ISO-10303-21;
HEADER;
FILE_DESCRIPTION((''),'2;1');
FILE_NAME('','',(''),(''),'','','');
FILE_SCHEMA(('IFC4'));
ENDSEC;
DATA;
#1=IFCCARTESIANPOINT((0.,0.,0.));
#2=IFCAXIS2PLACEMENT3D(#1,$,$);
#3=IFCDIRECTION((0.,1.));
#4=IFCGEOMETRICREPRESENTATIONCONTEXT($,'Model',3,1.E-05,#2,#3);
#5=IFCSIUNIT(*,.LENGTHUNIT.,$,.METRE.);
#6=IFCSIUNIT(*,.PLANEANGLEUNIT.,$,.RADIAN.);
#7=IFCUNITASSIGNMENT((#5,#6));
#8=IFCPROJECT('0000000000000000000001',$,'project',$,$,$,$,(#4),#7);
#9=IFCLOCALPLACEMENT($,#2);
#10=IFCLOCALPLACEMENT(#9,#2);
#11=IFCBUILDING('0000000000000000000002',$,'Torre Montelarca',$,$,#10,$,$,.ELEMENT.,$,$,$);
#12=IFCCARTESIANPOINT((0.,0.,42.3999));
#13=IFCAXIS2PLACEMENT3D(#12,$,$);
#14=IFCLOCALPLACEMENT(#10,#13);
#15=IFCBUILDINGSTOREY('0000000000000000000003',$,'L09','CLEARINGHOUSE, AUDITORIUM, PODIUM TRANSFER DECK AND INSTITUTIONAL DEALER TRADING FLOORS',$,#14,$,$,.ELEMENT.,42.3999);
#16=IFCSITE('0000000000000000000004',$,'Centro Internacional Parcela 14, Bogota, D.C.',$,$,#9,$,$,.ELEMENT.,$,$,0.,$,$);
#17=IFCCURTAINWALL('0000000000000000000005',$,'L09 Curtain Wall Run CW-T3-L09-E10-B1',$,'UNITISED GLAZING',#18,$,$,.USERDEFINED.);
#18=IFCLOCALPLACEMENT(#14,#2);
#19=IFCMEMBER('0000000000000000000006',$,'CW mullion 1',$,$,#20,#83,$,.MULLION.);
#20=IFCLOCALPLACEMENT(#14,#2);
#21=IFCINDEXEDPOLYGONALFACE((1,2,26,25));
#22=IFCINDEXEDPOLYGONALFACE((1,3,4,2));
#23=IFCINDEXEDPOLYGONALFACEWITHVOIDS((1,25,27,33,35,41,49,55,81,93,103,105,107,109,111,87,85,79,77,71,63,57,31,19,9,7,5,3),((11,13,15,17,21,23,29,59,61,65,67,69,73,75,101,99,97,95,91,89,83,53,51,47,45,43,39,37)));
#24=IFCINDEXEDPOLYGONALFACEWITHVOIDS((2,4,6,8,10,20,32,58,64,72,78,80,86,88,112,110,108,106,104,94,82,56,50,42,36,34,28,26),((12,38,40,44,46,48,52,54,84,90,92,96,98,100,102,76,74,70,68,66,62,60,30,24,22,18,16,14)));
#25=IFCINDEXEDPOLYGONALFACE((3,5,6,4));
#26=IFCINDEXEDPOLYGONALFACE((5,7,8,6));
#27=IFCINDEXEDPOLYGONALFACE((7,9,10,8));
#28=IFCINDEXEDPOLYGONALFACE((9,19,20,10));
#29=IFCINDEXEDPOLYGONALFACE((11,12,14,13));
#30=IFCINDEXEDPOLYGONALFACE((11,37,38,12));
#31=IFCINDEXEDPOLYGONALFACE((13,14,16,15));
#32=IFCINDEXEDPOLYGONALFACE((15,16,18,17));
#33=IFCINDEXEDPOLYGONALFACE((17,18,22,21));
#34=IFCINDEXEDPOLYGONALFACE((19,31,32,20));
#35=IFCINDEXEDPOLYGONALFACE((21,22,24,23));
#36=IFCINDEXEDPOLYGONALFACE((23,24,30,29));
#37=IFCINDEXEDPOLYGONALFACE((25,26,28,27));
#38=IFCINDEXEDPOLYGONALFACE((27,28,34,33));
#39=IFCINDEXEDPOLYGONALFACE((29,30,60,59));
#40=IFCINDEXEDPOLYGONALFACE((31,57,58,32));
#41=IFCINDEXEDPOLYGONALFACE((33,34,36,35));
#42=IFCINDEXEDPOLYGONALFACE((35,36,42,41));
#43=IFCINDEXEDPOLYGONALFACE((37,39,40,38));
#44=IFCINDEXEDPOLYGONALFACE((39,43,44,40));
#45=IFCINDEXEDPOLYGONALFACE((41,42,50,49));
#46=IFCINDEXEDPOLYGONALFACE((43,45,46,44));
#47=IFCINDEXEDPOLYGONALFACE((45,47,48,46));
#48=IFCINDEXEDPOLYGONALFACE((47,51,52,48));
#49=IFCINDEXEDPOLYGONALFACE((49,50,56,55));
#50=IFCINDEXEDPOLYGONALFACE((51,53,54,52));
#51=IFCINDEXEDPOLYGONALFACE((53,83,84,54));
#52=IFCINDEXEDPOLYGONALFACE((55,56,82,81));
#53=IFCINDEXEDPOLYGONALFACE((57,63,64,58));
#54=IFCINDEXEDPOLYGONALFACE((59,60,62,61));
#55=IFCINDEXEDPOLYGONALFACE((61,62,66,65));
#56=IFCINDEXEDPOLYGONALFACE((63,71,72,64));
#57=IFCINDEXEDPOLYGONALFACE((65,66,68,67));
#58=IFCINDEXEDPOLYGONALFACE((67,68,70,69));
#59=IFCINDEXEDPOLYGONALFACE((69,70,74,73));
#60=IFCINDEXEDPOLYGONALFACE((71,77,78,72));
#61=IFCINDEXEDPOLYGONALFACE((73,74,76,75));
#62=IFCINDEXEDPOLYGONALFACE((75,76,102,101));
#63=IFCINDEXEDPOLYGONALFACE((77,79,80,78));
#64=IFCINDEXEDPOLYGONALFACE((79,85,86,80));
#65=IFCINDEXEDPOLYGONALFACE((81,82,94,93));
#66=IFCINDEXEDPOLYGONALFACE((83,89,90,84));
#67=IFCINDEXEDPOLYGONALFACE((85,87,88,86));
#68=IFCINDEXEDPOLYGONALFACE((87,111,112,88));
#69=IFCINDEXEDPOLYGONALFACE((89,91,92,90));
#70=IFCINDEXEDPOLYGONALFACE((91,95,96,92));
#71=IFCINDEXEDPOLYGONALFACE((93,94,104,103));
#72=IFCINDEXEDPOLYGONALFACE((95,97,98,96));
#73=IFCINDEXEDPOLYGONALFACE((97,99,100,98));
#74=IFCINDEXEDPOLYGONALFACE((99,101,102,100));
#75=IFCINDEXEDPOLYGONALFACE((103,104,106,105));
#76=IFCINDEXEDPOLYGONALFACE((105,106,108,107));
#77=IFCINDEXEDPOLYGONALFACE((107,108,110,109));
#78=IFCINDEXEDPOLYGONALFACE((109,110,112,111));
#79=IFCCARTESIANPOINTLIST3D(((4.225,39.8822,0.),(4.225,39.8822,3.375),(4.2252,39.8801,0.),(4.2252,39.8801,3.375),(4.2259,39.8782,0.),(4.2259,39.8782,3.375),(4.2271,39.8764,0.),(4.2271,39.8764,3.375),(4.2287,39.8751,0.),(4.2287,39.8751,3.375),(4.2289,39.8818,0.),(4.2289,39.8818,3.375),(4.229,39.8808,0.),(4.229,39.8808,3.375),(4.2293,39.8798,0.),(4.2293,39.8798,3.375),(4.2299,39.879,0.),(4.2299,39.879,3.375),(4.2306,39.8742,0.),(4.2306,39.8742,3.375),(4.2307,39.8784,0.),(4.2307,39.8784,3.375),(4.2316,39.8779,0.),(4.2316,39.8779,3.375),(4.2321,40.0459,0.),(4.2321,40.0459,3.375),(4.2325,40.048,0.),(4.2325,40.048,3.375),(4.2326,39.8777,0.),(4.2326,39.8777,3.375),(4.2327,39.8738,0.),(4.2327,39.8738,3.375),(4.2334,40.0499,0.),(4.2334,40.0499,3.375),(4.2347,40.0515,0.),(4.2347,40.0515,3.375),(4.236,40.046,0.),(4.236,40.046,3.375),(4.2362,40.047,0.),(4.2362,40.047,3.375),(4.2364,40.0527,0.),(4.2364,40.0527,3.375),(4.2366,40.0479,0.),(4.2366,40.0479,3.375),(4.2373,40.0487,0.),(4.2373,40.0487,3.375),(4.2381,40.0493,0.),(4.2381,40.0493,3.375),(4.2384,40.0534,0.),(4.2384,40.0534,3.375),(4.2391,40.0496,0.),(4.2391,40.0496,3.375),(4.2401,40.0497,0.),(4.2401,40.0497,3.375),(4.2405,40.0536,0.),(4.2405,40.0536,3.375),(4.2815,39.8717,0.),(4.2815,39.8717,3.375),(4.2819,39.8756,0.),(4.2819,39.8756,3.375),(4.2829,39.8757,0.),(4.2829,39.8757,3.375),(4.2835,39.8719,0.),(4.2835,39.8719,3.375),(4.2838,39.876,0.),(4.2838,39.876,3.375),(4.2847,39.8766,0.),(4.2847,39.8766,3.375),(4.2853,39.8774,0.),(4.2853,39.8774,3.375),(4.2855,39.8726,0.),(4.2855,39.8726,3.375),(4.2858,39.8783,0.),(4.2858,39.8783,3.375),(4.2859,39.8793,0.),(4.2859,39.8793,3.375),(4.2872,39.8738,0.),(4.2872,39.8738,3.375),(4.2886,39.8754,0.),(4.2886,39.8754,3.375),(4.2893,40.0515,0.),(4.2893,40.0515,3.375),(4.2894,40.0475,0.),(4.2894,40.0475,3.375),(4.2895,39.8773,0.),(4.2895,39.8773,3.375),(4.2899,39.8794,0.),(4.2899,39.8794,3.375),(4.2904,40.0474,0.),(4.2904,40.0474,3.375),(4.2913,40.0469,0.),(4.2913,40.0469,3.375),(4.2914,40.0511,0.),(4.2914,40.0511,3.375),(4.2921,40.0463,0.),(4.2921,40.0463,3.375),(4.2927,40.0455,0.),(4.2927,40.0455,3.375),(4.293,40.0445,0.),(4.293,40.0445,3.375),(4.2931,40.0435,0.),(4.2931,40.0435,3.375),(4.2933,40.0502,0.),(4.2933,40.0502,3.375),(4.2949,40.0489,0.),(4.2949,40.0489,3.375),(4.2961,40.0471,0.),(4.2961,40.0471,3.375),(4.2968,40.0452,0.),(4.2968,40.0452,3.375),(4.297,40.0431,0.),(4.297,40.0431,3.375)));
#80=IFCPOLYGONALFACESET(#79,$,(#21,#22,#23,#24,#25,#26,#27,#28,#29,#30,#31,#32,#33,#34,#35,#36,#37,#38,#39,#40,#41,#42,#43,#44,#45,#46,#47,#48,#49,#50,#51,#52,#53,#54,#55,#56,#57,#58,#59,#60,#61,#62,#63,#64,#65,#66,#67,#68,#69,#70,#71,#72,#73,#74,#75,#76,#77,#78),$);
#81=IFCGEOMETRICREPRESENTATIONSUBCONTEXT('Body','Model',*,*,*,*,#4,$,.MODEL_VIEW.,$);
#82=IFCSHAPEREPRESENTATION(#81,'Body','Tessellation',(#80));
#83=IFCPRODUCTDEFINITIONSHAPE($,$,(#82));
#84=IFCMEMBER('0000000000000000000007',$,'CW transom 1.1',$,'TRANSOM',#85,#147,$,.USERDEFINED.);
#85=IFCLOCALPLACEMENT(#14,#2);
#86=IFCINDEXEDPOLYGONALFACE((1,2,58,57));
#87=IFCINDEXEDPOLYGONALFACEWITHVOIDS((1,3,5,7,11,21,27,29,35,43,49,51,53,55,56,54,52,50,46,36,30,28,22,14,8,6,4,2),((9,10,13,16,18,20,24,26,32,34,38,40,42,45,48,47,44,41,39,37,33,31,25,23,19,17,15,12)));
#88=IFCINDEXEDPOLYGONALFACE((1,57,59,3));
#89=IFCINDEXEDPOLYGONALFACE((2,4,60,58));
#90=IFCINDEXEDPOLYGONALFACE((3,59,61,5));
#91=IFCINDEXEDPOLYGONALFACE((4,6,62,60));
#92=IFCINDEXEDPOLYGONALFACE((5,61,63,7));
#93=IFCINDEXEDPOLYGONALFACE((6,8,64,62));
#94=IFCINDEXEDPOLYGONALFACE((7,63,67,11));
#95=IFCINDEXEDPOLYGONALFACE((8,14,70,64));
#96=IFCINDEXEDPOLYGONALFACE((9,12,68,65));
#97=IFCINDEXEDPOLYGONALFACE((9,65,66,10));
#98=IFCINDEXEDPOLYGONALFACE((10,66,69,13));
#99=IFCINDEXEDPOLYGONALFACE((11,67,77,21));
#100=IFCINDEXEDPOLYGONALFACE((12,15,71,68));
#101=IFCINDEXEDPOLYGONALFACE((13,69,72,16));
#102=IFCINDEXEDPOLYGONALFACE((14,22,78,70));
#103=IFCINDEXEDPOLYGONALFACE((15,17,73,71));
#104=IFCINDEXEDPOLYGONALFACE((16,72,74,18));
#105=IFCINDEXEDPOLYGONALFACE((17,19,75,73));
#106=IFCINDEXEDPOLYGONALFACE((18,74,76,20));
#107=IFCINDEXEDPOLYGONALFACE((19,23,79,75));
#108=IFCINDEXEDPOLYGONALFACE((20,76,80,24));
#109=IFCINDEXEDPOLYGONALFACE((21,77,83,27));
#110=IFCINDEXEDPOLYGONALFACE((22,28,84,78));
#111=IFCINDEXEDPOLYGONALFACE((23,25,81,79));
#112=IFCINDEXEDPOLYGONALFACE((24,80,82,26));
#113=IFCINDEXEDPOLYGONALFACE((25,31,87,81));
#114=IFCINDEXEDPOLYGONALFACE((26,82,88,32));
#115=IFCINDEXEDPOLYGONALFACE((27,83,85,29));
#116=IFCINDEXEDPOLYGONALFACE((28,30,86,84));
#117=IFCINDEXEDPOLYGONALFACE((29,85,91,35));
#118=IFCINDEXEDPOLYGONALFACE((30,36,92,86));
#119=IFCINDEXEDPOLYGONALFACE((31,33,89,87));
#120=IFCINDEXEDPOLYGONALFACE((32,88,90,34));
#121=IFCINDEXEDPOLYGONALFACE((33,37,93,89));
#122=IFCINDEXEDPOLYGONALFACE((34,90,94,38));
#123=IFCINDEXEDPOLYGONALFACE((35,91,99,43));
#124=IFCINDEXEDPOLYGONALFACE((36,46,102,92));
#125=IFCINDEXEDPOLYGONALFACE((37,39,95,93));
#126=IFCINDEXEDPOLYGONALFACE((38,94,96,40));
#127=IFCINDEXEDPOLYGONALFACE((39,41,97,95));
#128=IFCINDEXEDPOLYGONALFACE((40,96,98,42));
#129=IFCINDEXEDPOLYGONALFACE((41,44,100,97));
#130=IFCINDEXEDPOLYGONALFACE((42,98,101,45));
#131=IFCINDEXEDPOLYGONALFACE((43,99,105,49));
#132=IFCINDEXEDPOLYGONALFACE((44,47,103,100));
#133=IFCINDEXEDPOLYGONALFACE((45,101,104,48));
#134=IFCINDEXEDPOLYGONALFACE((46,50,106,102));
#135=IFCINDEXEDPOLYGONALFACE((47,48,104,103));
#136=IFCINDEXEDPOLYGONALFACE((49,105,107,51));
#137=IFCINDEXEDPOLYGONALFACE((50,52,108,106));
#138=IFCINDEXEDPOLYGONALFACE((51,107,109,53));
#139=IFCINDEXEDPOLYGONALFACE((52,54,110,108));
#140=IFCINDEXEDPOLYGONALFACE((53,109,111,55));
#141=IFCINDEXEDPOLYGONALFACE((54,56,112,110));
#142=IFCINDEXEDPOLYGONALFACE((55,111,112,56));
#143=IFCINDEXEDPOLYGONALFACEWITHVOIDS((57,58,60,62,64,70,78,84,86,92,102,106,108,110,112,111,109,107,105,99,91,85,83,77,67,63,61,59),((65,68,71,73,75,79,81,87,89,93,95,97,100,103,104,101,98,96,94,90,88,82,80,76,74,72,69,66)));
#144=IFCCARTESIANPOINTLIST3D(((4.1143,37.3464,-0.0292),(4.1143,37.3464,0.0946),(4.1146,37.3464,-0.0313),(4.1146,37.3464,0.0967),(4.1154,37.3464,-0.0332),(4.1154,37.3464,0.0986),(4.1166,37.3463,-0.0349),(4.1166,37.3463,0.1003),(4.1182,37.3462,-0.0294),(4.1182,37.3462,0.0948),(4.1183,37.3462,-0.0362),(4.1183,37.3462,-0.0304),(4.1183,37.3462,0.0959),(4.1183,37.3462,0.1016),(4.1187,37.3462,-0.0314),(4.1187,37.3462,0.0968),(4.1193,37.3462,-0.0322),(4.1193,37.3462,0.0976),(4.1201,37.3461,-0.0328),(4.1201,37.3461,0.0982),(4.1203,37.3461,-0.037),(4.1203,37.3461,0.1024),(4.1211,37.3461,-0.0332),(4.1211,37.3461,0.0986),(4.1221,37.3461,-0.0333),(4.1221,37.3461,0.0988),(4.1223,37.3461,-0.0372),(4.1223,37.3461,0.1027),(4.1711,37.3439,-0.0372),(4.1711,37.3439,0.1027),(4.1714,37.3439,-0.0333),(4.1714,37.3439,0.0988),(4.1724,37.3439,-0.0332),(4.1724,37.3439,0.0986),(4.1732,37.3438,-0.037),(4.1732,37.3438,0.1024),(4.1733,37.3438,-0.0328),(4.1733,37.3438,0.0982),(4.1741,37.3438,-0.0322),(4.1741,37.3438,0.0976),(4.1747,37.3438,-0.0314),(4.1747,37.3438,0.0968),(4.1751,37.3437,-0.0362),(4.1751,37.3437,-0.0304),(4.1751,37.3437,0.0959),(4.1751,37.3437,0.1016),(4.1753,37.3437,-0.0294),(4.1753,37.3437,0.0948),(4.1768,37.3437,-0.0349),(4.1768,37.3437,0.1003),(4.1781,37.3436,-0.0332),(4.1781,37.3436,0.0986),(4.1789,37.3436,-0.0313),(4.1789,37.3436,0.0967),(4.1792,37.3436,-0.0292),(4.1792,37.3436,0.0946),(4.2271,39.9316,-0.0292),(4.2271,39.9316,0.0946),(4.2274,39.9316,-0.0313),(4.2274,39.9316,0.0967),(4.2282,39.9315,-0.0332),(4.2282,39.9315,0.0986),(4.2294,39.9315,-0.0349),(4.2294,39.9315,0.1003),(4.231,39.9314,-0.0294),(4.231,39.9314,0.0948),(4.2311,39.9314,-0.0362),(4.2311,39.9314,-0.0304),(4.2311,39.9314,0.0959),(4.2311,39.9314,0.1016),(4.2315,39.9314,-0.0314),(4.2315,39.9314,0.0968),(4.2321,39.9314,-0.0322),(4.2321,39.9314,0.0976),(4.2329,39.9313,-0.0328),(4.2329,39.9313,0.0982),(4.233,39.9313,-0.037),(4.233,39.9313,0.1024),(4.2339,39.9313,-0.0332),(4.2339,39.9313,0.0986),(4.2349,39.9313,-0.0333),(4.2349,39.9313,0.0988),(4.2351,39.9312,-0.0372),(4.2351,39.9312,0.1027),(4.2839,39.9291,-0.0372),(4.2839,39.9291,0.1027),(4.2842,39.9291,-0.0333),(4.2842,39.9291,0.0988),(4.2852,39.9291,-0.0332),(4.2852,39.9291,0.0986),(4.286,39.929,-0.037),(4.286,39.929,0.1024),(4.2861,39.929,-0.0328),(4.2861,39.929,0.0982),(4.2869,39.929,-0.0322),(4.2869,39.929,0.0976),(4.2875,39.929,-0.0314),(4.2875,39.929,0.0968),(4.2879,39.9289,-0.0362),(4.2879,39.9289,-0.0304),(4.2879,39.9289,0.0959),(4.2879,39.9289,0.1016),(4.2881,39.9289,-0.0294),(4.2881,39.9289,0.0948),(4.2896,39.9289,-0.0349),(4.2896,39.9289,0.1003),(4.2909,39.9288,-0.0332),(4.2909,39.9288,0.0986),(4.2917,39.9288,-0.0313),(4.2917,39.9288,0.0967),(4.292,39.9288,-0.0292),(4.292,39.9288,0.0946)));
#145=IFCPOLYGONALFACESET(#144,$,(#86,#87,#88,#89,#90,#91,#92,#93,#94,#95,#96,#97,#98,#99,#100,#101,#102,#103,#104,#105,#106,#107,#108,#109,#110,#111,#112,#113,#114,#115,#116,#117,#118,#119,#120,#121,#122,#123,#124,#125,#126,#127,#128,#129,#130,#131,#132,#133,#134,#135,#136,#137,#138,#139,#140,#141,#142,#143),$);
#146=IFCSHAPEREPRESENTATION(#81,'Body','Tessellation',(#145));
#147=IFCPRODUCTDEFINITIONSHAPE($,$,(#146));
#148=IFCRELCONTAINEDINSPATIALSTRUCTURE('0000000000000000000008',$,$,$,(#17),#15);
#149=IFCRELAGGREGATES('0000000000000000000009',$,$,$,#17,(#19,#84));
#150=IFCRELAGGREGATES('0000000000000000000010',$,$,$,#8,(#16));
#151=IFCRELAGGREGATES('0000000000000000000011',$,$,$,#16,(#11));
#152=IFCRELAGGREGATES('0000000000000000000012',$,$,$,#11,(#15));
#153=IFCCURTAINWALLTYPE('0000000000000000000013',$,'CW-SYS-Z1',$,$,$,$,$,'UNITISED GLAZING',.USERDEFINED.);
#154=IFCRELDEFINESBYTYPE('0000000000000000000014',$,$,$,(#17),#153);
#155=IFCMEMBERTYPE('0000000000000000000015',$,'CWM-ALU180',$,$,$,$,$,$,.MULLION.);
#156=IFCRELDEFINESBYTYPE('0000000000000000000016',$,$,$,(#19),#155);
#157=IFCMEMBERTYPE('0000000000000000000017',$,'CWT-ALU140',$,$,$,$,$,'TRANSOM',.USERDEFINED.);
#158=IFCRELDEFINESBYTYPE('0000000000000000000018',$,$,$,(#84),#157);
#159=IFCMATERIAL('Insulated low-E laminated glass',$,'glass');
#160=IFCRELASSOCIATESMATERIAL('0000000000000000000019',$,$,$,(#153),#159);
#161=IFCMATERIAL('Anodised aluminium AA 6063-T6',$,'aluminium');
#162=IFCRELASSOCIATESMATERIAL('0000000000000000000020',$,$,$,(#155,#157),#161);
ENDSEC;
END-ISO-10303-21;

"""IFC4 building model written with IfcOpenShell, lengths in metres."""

from ifc_helpers import new_model, si_unit, direction, frame, origin, origin_2d, place, context, subcontext, project, spatial, hollow_rectangle, extrude, source, transform, mapped, material, material_profile, profile_set, type_object, element, aggregate, save


model = new_model("IFC4")

# Units and contexts
model_context = context("Model", 3, precision=1e-05, world=origin(), true_north=direction((0.0, 1.0)))
body_context = subcontext(model_context, "Body", "Model", "MODEL_VIEW")
ifc_project = project(units=[si_unit("LENGTHUNIT", "METRE"), si_unit("PLANEANGLEUNIT", "RADIAN")], contexts=[model_context])

# Site, building, storey
site_placement = place(None, origin())
site = spatial("IfcSite", under=ifc_project, at=site_placement, Name="Centro Internacional Parcela 14, Bogota, D.C.", CompositionType="ELEMENT", RefElevation=0.0)
building_placement = place(site_placement, origin())
building = spatial("IfcBuilding", under=site, at=building_placement, Name="Torre Montelarca", CompositionType="ELEMENT")
storey_placement = place(building_placement, frame((0.0, 0.0, 42.3999)))
storey = spatial("IfcBuildingStorey", under=building, at=storey_placement, Name="L09", Description="CLEARINGHOUSE, AUDITORIUM, PODIUM TRANSFER DECK AND INSTITUTIONAL DEALER TRADING FLOORS", CompositionType="ELEMENT", Elevation=42.3999)

# Curtain wall, members
ifc_material_1 = material(Name="Insulated low-E laminated glass", Category="glass")
curtain_wall_type = type_object("IfcCurtainWallType", Name="CW-SYS-Z1", ElementType="UNITISED GLAZING", PredefinedType="USERDEFINED", material=ifc_material_1)
ifc_material_2 = material(Name="Anodised aluminium AA 6063-T6", Category="aluminium")
ifc_material_profile_1 = material_profile(ifc_material_2, hollow_rectangle(XDim=0.0649, YDim=0.1799, WallThickness=0.0039, InnerFilletRadius=0.0039, OuterFilletRadius=0.0081, at=origin_2d()), Name="ALU65X180X4", Category="aluminium")
ifc_profile_set_1 = profile_set([ifc_material_profile_1], Name="Anodised aluminium AA 6063-T6")
member_type_1 = type_object("IfcMemberType", Name="CWM-ALU180", PredefinedType="MULLION", material=ifc_profile_set_1)
ifc_material_profile_2 = material_profile(ifc_material_2, hollow_rectangle(XDim=0.0649, YDim=0.1399, WallThickness=0.0039, InnerFilletRadius=0.0039, OuterFilletRadius=0.0081, at=origin_2d()), Name="ALU65X140X4", Category="aluminium")
ifc_profile_set_2 = profile_set([ifc_material_profile_2], Name="Anodised aluminium AA 6063-T6")
member_type_2 = type_object("IfcMemberType", Name="CWT-ALU140", ElementType="TRANSOM", PredefinedType="USERDEFINED", material=ifc_profile_set_2)
curtain_wall_1_placement = place(storey_placement, origin())
curtain_wall_1 = element("IfcCurtainWall", 1, at=curtain_wall_1_placement, inside=storey, type_object=curtain_wall_type, Name="L09 Curtain Wall Run CW-T3-L09-E10-B1", ObjectType="UNITISED GLAZING", PredefinedType="USERDEFINED")
shared_shape_1 = source(origin(), body_context, "Body", "SweptSolid", [
    extrude(hollow_rectangle(XDim=0.0649, YDim=0.1799, WallThickness=0.0039, InnerFilletRadius=0.0039, OuterFilletRadius=0.0081, at=origin_2d()), origin(), (0.0, 0.0, 1.0), 3.375),
])
member_1_placement = place(storey_placement, frame((4.261, 39.9626, 0.0), z_axis=(0.0, 0.0, 1.0), x_axis=(0.999049, -0.043607, 0.0)))
member_1 = element("IfcMember", 2, at=member_1_placement, type_object=member_type_1, Name="CW mullion 1", PredefinedType="MULLION", context=body_context, shape_type="MappedRepresentation", body=[
    mapped(shared_shape_1, transform((0.0, 0.0, 0.0), scale=1.0)),
])
shared_shape_2 = source(origin(), body_context, "Body", "SweptSolid", [
    extrude(hollow_rectangle(XDim=0.0649, YDim=0.1399, WallThickness=0.0039, InnerFilletRadius=0.0039, OuterFilletRadius=0.0081, at=origin_2d()), origin(), (0.0, 0.0, 1.0), 2.5876),
])
member_2_placement = place(storey_placement, frame((4.2595, 39.9302, 0.0327), z_axis=(-0.043589, -0.99905, 0.0), x_axis=(0.99905, -0.043589, 0.0)))
member_2 = element("IfcMember", 3, at=member_2_placement, type_object=member_type_2, Name="CW transom 1.1", ObjectType="TRANSOM", PredefinedType="USERDEFINED", context=body_context, shape_type="MappedRepresentation", body=[
    mapped(shared_shape_2, transform((0.0, 0.0, 0.0), scale=1.0)),
])

aggregate(curtain_wall_1, [member_1, member_2])

save(model, "model.ifc")
